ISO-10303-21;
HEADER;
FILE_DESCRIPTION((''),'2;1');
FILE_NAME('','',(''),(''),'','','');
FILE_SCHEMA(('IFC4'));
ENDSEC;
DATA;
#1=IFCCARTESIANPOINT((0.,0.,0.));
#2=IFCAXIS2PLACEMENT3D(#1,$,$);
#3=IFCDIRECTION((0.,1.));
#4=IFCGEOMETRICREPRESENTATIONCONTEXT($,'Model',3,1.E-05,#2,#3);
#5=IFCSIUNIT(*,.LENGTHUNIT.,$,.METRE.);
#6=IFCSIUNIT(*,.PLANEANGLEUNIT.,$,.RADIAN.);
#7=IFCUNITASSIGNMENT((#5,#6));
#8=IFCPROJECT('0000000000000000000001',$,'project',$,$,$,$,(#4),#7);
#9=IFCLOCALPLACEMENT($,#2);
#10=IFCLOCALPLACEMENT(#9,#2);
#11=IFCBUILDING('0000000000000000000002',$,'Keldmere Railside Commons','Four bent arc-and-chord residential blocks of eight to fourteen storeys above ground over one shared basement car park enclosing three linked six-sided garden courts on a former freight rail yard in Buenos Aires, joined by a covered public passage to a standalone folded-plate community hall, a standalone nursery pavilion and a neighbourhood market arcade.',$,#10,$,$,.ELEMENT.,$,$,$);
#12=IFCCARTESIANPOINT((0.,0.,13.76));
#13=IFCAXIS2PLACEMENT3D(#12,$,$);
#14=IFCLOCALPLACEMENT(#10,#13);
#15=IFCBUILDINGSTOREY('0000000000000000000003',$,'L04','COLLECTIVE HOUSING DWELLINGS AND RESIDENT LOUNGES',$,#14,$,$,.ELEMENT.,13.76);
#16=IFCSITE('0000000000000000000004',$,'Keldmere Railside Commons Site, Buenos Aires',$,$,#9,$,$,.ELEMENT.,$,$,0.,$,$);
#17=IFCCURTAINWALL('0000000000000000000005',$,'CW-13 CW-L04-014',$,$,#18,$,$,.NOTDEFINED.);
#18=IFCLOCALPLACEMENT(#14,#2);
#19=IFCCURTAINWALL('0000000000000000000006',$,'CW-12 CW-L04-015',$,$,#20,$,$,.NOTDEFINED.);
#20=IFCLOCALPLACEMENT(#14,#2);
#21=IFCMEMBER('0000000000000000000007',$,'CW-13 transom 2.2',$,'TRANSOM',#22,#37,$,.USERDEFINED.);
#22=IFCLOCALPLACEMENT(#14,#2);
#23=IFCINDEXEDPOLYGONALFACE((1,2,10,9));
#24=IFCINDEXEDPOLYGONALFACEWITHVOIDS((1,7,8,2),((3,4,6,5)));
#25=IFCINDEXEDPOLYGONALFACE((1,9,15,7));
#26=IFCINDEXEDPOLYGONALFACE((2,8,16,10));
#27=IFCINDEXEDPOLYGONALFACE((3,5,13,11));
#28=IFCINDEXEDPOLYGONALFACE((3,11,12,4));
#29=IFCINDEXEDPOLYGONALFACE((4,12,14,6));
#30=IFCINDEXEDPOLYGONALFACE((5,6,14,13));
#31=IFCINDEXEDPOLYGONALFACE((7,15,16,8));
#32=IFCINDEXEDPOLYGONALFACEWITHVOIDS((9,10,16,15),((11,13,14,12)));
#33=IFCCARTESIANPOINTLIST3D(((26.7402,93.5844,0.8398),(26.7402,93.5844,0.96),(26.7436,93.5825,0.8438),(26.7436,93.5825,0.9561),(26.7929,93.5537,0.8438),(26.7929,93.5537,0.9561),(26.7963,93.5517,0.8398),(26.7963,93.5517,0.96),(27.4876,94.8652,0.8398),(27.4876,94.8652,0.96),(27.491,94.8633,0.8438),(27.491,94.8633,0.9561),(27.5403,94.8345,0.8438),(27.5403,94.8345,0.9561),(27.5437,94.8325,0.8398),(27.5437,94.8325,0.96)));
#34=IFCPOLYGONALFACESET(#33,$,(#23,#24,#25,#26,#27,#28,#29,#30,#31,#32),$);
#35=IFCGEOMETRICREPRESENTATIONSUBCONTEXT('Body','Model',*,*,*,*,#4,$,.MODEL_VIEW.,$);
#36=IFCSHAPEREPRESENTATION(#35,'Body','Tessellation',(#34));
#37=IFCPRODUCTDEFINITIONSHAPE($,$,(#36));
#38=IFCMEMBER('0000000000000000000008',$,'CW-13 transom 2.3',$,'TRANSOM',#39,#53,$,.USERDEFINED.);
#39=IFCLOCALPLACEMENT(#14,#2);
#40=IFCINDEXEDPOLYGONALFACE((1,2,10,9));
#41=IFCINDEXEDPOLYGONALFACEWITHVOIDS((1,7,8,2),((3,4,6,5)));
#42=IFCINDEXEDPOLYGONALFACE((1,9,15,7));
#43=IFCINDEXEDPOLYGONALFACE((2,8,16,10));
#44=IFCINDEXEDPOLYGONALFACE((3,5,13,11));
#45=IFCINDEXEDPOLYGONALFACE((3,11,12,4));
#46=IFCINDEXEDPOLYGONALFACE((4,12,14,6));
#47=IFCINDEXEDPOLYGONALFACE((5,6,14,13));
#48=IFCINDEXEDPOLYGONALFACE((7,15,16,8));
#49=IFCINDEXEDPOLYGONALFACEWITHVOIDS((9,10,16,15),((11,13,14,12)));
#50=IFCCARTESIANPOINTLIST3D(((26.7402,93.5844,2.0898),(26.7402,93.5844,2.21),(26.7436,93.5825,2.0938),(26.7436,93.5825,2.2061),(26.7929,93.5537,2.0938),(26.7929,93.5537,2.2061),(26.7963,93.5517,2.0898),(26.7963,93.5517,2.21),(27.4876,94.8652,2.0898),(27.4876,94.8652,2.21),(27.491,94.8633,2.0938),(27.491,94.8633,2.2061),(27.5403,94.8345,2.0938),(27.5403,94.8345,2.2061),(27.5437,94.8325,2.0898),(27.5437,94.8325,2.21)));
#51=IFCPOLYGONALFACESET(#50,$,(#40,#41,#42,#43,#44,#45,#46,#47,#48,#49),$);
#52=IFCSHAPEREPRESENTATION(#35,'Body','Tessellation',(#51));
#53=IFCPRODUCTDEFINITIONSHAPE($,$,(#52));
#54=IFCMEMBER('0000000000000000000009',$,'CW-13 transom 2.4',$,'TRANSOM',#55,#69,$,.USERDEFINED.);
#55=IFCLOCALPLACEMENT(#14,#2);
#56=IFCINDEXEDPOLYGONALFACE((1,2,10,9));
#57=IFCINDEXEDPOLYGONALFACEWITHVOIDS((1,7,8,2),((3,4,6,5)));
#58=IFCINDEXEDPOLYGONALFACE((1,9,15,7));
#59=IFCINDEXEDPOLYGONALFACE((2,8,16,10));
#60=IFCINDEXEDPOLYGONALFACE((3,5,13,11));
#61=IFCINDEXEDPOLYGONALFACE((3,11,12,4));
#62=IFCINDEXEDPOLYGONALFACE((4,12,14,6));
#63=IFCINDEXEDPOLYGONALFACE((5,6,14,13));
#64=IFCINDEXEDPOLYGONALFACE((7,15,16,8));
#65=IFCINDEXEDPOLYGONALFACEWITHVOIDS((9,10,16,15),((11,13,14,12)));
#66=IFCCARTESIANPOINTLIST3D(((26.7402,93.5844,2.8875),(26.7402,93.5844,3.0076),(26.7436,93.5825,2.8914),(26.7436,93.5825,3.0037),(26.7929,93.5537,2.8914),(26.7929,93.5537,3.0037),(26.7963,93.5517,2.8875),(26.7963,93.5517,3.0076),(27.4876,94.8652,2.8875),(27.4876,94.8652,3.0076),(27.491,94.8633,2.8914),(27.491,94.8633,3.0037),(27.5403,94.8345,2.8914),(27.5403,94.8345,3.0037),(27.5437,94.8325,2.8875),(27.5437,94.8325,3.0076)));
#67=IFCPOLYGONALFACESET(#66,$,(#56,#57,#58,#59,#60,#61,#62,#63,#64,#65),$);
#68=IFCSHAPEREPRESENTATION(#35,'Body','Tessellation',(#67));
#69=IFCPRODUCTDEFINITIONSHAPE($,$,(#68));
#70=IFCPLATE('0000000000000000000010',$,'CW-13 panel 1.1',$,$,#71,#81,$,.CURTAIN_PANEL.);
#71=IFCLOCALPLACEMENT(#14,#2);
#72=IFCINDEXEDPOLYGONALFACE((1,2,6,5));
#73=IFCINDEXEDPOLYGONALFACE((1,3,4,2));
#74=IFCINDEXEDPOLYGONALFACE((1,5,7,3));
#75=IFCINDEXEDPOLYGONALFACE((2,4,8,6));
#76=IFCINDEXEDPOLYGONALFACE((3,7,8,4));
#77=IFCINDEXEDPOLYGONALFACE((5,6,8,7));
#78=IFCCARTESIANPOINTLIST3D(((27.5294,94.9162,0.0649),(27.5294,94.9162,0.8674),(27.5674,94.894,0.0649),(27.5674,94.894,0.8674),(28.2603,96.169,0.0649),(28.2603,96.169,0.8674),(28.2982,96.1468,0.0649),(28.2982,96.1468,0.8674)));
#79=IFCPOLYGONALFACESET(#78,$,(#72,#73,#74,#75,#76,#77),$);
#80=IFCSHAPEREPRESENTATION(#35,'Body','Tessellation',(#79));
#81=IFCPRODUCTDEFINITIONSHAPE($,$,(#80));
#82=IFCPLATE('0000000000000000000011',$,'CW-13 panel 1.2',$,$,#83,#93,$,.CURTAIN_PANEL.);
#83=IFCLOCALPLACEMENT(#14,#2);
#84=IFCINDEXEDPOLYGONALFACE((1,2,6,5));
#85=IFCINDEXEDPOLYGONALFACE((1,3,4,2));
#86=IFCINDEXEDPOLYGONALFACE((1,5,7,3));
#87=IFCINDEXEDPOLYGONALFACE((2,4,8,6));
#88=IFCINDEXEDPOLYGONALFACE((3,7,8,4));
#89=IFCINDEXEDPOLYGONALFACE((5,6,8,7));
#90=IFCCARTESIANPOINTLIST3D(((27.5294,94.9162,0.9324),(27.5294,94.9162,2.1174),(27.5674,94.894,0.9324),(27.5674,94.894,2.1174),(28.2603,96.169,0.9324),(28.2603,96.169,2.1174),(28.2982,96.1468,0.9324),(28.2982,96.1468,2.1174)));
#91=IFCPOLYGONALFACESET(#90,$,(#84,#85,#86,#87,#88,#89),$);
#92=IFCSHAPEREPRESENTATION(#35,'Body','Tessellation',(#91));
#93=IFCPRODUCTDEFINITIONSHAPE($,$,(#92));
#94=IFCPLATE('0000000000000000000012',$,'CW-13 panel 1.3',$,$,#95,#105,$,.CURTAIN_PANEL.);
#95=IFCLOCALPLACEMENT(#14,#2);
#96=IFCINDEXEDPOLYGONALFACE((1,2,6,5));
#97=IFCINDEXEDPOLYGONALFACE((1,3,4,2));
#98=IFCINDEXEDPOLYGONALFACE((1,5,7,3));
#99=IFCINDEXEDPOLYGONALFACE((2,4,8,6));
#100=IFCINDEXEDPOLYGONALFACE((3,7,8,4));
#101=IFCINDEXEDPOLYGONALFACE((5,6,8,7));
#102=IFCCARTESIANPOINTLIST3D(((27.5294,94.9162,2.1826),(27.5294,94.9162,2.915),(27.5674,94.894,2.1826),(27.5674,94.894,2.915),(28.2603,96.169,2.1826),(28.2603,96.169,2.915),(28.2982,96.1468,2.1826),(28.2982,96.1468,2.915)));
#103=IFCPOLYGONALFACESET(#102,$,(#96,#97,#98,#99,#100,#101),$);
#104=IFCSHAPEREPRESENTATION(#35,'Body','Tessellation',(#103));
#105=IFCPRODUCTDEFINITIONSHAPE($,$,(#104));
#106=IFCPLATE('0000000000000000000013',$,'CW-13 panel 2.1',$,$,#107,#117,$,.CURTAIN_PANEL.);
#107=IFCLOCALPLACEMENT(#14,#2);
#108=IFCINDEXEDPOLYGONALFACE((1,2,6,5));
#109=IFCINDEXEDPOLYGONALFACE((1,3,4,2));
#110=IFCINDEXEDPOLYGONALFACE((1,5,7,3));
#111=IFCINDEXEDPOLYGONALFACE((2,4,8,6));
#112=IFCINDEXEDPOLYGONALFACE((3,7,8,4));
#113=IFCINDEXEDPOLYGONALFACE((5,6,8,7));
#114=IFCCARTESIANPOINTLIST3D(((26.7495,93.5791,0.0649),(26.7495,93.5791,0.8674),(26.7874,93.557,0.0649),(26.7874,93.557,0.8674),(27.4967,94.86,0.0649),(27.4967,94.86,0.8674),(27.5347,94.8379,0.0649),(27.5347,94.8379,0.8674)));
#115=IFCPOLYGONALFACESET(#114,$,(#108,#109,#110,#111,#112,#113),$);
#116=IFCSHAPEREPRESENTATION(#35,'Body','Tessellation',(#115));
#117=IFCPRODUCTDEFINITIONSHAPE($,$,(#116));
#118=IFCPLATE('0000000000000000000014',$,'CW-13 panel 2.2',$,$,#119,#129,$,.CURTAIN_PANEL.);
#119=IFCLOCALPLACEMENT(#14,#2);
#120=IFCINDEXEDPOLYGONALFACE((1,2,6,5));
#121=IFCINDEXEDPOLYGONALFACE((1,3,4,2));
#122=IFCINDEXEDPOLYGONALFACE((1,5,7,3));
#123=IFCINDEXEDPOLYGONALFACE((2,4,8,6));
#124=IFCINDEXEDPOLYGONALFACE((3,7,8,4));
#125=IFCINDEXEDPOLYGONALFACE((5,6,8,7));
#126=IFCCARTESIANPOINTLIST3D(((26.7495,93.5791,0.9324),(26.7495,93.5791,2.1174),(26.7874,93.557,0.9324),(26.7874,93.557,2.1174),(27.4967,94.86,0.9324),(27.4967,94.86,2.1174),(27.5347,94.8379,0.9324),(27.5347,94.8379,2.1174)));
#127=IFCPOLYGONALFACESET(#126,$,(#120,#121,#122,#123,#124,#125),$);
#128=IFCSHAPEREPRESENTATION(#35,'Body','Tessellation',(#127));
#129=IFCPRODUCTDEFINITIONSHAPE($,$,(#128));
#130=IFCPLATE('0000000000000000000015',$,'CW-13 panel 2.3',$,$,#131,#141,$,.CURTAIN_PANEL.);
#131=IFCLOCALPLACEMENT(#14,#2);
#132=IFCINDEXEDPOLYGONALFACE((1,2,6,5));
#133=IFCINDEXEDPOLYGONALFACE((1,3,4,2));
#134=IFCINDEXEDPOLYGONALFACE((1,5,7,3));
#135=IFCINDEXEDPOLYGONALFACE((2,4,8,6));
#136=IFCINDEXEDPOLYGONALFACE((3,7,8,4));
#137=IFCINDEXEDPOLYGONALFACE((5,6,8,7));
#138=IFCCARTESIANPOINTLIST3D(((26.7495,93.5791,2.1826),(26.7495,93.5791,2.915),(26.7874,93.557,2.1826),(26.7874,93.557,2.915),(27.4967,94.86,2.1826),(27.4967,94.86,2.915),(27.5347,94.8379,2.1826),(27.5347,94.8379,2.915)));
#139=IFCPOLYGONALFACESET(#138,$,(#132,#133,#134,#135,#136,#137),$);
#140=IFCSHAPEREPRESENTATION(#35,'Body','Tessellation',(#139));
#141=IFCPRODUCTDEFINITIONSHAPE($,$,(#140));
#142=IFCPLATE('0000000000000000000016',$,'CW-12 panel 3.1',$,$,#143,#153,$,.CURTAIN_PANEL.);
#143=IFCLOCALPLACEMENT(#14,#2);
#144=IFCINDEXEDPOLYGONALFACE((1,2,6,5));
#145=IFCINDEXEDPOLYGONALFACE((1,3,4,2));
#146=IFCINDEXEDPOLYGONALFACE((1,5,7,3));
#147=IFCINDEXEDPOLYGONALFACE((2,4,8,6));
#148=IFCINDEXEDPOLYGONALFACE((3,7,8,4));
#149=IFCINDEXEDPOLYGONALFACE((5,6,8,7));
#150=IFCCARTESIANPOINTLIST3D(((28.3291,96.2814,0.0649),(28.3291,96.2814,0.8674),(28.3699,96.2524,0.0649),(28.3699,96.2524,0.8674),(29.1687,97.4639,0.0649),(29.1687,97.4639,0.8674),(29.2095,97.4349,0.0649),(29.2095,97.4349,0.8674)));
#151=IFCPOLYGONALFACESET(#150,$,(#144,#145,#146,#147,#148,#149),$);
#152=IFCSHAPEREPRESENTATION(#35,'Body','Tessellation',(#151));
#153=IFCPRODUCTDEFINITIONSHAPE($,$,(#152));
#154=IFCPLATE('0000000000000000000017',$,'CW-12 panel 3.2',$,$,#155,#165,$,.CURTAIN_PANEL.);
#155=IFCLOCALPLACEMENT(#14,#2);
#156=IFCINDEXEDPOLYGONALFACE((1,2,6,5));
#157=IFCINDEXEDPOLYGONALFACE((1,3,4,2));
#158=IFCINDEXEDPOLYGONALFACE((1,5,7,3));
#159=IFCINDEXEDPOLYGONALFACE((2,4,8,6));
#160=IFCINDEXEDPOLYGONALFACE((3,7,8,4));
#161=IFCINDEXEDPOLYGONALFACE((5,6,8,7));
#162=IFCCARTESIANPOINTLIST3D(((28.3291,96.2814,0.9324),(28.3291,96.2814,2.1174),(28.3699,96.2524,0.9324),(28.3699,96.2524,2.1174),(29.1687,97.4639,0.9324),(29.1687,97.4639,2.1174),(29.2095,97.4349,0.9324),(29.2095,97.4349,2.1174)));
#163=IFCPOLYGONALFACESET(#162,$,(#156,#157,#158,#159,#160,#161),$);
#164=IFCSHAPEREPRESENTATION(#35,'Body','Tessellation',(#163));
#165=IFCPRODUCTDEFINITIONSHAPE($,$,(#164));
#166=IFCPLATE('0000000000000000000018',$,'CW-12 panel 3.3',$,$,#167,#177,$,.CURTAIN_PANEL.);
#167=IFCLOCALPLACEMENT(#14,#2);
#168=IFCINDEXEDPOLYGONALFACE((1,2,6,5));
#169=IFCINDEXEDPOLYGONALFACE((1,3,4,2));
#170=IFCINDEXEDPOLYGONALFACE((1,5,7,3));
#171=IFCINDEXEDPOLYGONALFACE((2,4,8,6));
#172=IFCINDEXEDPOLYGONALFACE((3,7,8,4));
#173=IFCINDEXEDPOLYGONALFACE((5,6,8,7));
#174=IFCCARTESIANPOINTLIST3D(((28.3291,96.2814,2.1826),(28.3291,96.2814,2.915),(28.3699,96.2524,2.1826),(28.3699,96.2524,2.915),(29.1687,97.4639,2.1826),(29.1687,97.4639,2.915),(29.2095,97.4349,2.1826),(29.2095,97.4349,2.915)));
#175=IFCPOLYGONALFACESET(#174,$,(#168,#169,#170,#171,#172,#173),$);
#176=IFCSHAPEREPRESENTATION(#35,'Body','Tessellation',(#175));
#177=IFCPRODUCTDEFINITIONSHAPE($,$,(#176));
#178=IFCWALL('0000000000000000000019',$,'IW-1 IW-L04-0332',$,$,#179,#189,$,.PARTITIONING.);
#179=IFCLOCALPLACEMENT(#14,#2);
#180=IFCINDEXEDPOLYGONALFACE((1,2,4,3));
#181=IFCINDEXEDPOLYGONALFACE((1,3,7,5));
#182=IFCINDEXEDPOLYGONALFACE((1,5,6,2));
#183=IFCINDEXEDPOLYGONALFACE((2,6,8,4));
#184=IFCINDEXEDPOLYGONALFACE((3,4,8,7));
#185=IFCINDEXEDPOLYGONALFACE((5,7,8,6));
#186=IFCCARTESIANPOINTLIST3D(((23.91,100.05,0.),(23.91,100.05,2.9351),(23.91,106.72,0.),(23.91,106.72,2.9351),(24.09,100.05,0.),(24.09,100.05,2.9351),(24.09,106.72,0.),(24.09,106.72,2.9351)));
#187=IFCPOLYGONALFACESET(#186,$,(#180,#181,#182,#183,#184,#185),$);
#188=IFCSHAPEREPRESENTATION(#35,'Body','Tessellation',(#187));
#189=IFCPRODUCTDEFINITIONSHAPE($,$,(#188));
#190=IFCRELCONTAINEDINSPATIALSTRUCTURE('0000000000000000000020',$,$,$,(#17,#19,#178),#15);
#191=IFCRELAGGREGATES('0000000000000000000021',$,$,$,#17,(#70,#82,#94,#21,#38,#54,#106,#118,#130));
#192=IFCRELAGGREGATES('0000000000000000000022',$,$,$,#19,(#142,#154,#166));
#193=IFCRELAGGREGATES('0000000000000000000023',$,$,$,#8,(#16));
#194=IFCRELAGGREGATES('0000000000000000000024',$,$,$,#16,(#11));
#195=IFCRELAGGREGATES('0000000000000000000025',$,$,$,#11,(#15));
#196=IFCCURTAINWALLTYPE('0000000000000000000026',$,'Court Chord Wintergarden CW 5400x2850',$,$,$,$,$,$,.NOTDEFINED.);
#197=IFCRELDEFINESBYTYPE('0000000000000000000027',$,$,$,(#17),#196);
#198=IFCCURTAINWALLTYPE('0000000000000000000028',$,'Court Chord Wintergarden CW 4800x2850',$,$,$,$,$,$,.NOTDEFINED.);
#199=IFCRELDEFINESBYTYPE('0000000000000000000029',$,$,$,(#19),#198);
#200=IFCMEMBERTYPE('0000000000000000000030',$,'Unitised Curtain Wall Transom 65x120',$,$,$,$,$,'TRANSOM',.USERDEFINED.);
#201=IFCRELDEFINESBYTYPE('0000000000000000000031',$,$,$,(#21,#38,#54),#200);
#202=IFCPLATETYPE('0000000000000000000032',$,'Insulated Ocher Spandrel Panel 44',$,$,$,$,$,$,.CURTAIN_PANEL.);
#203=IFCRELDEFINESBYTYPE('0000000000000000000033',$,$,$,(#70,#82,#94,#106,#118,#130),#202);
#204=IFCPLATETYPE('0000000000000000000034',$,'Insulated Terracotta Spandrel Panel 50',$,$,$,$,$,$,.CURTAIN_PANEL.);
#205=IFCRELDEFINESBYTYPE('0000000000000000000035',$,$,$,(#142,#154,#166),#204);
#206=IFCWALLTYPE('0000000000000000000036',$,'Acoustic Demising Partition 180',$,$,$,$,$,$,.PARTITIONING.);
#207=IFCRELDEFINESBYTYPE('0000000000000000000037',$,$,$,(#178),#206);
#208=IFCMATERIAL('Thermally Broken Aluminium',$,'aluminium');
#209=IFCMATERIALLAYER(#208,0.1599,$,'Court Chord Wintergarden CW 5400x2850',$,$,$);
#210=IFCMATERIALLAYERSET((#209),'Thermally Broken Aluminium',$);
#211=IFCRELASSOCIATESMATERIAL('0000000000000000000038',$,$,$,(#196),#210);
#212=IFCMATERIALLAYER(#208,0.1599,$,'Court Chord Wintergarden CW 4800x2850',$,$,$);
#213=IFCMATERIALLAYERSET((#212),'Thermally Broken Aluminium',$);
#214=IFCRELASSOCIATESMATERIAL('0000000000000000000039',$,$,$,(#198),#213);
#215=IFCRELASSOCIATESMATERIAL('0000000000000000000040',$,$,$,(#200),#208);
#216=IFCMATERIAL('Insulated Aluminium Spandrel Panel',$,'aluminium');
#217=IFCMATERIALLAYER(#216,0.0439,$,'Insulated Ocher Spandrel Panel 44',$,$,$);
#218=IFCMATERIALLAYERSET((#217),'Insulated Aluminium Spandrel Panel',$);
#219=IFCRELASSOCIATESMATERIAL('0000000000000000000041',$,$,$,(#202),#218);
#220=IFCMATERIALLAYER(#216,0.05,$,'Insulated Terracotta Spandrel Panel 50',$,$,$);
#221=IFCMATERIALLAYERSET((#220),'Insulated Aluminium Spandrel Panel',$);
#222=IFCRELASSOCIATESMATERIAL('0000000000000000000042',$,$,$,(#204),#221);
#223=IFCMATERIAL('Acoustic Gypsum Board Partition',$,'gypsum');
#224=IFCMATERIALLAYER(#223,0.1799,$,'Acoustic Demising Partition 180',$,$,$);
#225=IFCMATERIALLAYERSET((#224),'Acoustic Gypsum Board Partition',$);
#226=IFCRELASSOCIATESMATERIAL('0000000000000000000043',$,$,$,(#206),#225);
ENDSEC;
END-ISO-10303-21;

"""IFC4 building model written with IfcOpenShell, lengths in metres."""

from ifc_helpers import new_model, si_unit, direction, frame, frame_2d, origin, origin_2d, place, context, subcontext, project, spatial, rectangle, hollow_rectangle, extrude, material, layer, layer_set, material_profile, profile_set, type_object, element, aggregate, save


model = new_model("IFC4")

# Units and contexts
model_context = context("Model", 3, precision=1e-05, world=origin(), true_north=direction((0.0, 1.0)))
body_context = subcontext(model_context, "Body", "Model", "MODEL_VIEW")
ifc_project = project(units=[si_unit("LENGTHUNIT", "METRE"), si_unit("PLANEANGLEUNIT", "RADIAN")], contexts=[model_context])

# Site, building, storey
site_placement = place(None, origin())
site = spatial("IfcSite", under=ifc_project, at=site_placement, Name="Keldmere Railside Commons Site, Buenos Aires", CompositionType="ELEMENT", RefElevation=0.0)
building_placement = place(site_placement, origin())
building = spatial("IfcBuilding", under=site, at=building_placement, Name="Keldmere Railside Commons", Description="Four bent arc-and-chord residential blocks of eight to fourteen storeys above ground over one shared basement car park enclosing three linked six-sided garden courts on a former freight rail yard in Buenos Aires, joined by a covered public passage to a standalone folded-plate community hall, a standalone nursery pavilion and a neighbourhood market arcade.", CompositionType="ELEMENT")
storey_placement = place(building_placement, frame((0.0, 0.0, 13.76)))
storey = spatial("IfcBuildingStorey", under=building, at=storey_placement, Name="L04", Description="COLLECTIVE HOUSING DWELLINGS AND RESIDENT LOUNGES", CompositionType="ELEMENT", Elevation=13.76)

# Curtain wall
ifc_material_1 = material(Name="Thermally Broken Aluminium", Category="aluminium")
ifc_layer_1 = layer(ifc_material_1, 0.1599, Name="Court Chord Wintergarden CW 5400x2850")
ifc_layer_set_1 = layer_set([ifc_layer_1], Name="Thermally Broken Aluminium")
curtain_wall_type_1 = type_object("IfcCurtainWallType", Name="Court Chord Wintergarden CW 5400x2850", PredefinedType="NOTDEFINED", material=ifc_layer_set_1)
curtain_wall_1_placement = place(storey_placement, origin())
curtain_wall_1 = element("IfcCurtainWall", 1, at=curtain_wall_1_placement, inside=storey, type_object=curtain_wall_type_1, Name="CW-13 CW-L04-014", PredefinedType="NOTDEFINED")

# Curtain wall
ifc_layer_2 = layer(ifc_material_1, 0.1599, Name="Court Chord Wintergarden CW 4800x2850")
ifc_layer_set_2 = layer_set([ifc_layer_2], Name="Thermally Broken Aluminium")
curtain_wall_type_2 = type_object("IfcCurtainWallType", Name="Court Chord Wintergarden CW 4800x2850", PredefinedType="NOTDEFINED", material=ifc_layer_set_2)
curtain_wall_2_placement = place(storey_placement, origin())
curtain_wall_2 = element("IfcCurtainWall", 2, at=curtain_wall_2_placement, inside=storey, type_object=curtain_wall_type_2, Name="CW-12 CW-L04-015", PredefinedType="NOTDEFINED")

# Members
ifc_material_profile_1 = material_profile(ifc_material_1, hollow_rectangle(XDim=0.0649, YDim=0.1201, WallThickness=0.0039, at=origin_2d()), Name="ALU-TRAN-65x120")
ifc_profile_set_1 = profile_set([ifc_material_profile_1], Name="Thermally Broken Aluminium")
member_type_1 = type_object("IfcMemberType", Name="Unitised Curtain Wall Transom 65x120", ElementType="TRANSOM", PredefinedType="USERDEFINED", material=ifc_profile_set_1)
member_1_placement = place(storey_placement, frame((27.5156, 94.8489, 0.8999), z_axis=(-0.503973, -0.863719, 0.0), x_axis=(0.863719, -0.503973, 0.0)))
member_1 = element("IfcMember", 3, at=member_1_placement, type_object=member_type_1, Name="CW-13 transom 2.2", ObjectType="TRANSOM", PredefinedType="USERDEFINED", context=body_context, shape_type="SweptSolid", body=[
    extrude(hollow_rectangle(XDim=0.0649, YDim=0.1201, WallThickness=0.0039, at=origin_2d()), origin(), (0.0, 0.0, 1.0), 1.4829),
])
member_2_placement = place(storey_placement, frame((27.5156, 94.8489, 2.1499), z_axis=(-0.503973, -0.863719, 0.0), x_axis=(0.863719, -0.503973, 0.0)))
member_2 = element("IfcMember", 4, at=member_2_placement, type_object=member_type_1, Name="CW-13 transom 2.3", ObjectType="TRANSOM", PredefinedType="USERDEFINED", context=body_context, shape_type="SweptSolid", body=[
    extrude(hollow_rectangle(XDim=0.0649, YDim=0.1201, WallThickness=0.0039, at=origin_2d()), origin(), (0.0, 0.0, 1.0), 1.4829),
])
member_3_placement = place(storey_placement, frame((27.5156, 94.8489, 2.9475), z_axis=(-0.503973, -0.863719, 0.0), x_axis=(0.863719, -0.503973, 0.0)))
member_3 = element("IfcMember", 5, at=member_3_placement, type_object=member_type_1, Name="CW-13 transom 2.4", ObjectType="TRANSOM", PredefinedType="USERDEFINED", context=body_context, shape_type="SweptSolid", body=[
    extrude(hollow_rectangle(XDim=0.0649, YDim=0.1201, WallThickness=0.0039, at=origin_2d()), origin(), (0.0, 0.0, 1.0), 1.4829),
])

# Plates
ifc_material_2 = material(Name="Insulated Aluminium Spandrel Panel", Category="aluminium")
ifc_layer_3 = layer(ifc_material_2, 0.0439, Name="Insulated Ocher Spandrel Panel 44")
ifc_layer_set_3 = layer_set([ifc_layer_3], Name="Insulated Aluminium Spandrel Panel")
plate_type_1 = type_object("IfcPlateType", Name="Insulated Ocher Spandrel Panel 44", PredefinedType="CURTAIN_PANEL", material=ifc_layer_set_3)
plate_1_placement = place(storey_placement, frame((27.9138, 95.5315, 0.0649), z_axis=(0.0, 0.0, 1.0), x_axis=(-0.503911, -0.863755, 0.0)))
plate_1 = element("IfcPlate", 6, at=plate_1_placement, type_object=plate_type_1, Name="CW-13 panel 1.1", PredefinedType="CURTAIN_PANEL", context=body_context, shape_type="SweptSolid", body=[
    extrude(rectangle(XDim=1.4504, YDim=0.0439, at=origin_2d()), origin(), (0.0, 0.0, 1.0), 0.8025),
])
plate_2_placement = place(storey_placement, frame((27.9138, 95.5315, 0.9324), z_axis=(0.0, 0.0, 1.0), x_axis=(-0.503911, -0.863755, 0.0)))
plate_2 = element("IfcPlate", 7, at=plate_2_placement, type_object=plate_type_1, Name="CW-13 panel 1.2", PredefinedType="CURTAIN_PANEL", context=body_context, shape_type="SweptSolid", body=[
    extrude(rectangle(XDim=1.4504, YDim=0.0439, at=origin_2d()), origin(), (0.0, 0.0, 1.0), 1.1851),
])
plate_3_placement = place(storey_placement, frame((27.9138, 95.5315, 2.1826), z_axis=(0.0, 0.0, 1.0), x_axis=(-0.503911, -0.863755, 0.0)))
plate_3 = element("IfcPlate", 8, at=plate_3_placement, type_object=plate_type_1, Name="CW-13 panel 1.3", PredefinedType="CURTAIN_PANEL", context=body_context, shape_type="SweptSolid", body=[
    extrude(rectangle(XDim=1.4504, YDim=0.0439, at=origin_2d()), origin(), (0.0, 0.0, 1.0), 0.7324),
])
plate_4_placement = place(storey_placement, frame((27.1421, 94.2085, 0.0649), z_axis=(0.0, 0.0, 1.0), x_axis=(-0.503911, -0.863755, 0.0)))
plate_4 = element("IfcPlate", 9, at=plate_4_placement, type_object=plate_type_1, Name="CW-13 panel 2.1", PredefinedType="CURTAIN_PANEL", context=body_context, shape_type="SweptSolid", body=[
    extrude(rectangle(XDim=1.4829, YDim=0.0439, at=origin_2d()), origin(), (0.0, 0.0, 1.0), 0.8025),
])
plate_5_placement = place(storey_placement, frame((27.1421, 94.2085, 0.9324), z_axis=(0.0, 0.0, 1.0), x_axis=(-0.503911, -0.863755, 0.0)))
plate_5 = element("IfcPlate", 10, at=plate_5_placement, type_object=plate_type_1, Name="CW-13 panel 2.2", PredefinedType="CURTAIN_PANEL", context=body_context, shape_type="SweptSolid", body=[
    extrude(rectangle(XDim=1.4829, YDim=0.0439, at=origin_2d()), origin(), (0.0, 0.0, 1.0), 1.1851),
])
plate_6_placement = place(storey_placement, frame((27.1421, 94.2085, 2.1826), z_axis=(0.0, 0.0, 1.0), x_axis=(-0.503911, -0.863755, 0.0)))
plate_6 = element("IfcPlate", 11, at=plate_6_placement, type_object=plate_type_1, Name="CW-13 panel 2.3", PredefinedType="CURTAIN_PANEL", context=body_context, shape_type="SweptSolid", body=[
    extrude(rectangle(XDim=1.4829, YDim=0.0439, at=origin_2d()), origin(), (0.0, 0.0, 1.0), 0.7324),
])
aggregate(curtain_wall_1, [plate_1, plate_2, plate_3, member_1, member_2, member_3, plate_4, plate_5, plate_6])
ifc_layer_4 = layer(ifc_material_2, 0.05, Name="Insulated Terracotta Spandrel Panel 50")
ifc_layer_set_4 = layer_set([ifc_layer_4], Name="Insulated Aluminium Spandrel Panel")
plate_type_2 = type_object("IfcPlateType", Name="Insulated Terracotta Spandrel Panel 50", PredefinedType="CURTAIN_PANEL", material=ifc_layer_set_4)
plate_7_placement = place(storey_placement, frame((28.7693, 96.8582, 0.0649), z_axis=(0.0, 0.0, 1.0), x_axis=(-0.578913, -0.815389, 0.0)))
plate_7 = element("IfcPlate", 12, at=plate_7_placement, type_object=plate_type_2, Name="CW-12 panel 3.1", PredefinedType="CURTAIN_PANEL", context=body_context, shape_type="SweptSolid", body=[
    extrude(rectangle(XDim=1.4502, YDim=0.05, at=origin_2d()), origin(), (0.0, 0.0, 1.0), 0.8025),
])
plate_8_placement = place(storey_placement, frame((28.7693, 96.8582, 0.9324), z_axis=(0.0, 0.0, 1.0), x_axis=(-0.578913, -0.815389, 0.0)))
plate_8 = element("IfcPlate", 13, at=plate_8_placement, type_object=plate_type_2, Name="CW-12 panel 3.2", PredefinedType="CURTAIN_PANEL", context=body_context, shape_type="SweptSolid", body=[
    extrude(rectangle(XDim=1.4502, YDim=0.05, at=origin_2d()), origin(), (0.0, 0.0, 1.0), 1.1851),
])
plate_9_placement = place(storey_placement, frame((28.7693, 96.8582, 2.1826), z_axis=(0.0, 0.0, 1.0), x_axis=(-0.578913, -0.815389, 0.0)))
plate_9 = element("IfcPlate", 14, at=plate_9_placement, type_object=plate_type_2, Name="CW-12 panel 3.3", PredefinedType="CURTAIN_PANEL", context=body_context, shape_type="SweptSolid", body=[
    extrude(rectangle(XDim=1.4502, YDim=0.05, at=origin_2d()), origin(), (0.0, 0.0, 1.0), 0.7324),
])
aggregate(curtain_wall_2, [plate_7, plate_8, plate_9])

# Wall
ifc_material_3 = material(Name="Acoustic Gypsum Board Partition", Category="gypsum")
ifc_layer_5 = layer(ifc_material_3, 0.1799, Name="Acoustic Demising Partition 180")
ifc_layer_set_5 = layer_set([ifc_layer_5], Name="Acoustic Gypsum Board Partition")
wall_type_1 = type_object("IfcWallType", Name="Acoustic Demising Partition 180", PredefinedType="PARTITIONING", material=ifc_layer_set_5)
wall_1_placement = place(storey_placement, frame((24.0, 100.05, 0.0), z_axis=(0.0, 0.0, 1.0), x_axis=(0.0, 1.0, 0.0)))
element("IfcWall", 15, at=wall_1_placement, inside=storey, type_object=wall_type_1, Name="IW-1 IW-L04-0332", PredefinedType="PARTITIONING", context=body_context, shape_type="SweptSolid", body=[
    extrude(rectangle(XDim=6.6699, YDim=0.1799, at=frame_2d((3.335, 0.0))), origin(), (0.0, 0.0, 1.0), 2.9351),
])

save(model, "model.ifc")
